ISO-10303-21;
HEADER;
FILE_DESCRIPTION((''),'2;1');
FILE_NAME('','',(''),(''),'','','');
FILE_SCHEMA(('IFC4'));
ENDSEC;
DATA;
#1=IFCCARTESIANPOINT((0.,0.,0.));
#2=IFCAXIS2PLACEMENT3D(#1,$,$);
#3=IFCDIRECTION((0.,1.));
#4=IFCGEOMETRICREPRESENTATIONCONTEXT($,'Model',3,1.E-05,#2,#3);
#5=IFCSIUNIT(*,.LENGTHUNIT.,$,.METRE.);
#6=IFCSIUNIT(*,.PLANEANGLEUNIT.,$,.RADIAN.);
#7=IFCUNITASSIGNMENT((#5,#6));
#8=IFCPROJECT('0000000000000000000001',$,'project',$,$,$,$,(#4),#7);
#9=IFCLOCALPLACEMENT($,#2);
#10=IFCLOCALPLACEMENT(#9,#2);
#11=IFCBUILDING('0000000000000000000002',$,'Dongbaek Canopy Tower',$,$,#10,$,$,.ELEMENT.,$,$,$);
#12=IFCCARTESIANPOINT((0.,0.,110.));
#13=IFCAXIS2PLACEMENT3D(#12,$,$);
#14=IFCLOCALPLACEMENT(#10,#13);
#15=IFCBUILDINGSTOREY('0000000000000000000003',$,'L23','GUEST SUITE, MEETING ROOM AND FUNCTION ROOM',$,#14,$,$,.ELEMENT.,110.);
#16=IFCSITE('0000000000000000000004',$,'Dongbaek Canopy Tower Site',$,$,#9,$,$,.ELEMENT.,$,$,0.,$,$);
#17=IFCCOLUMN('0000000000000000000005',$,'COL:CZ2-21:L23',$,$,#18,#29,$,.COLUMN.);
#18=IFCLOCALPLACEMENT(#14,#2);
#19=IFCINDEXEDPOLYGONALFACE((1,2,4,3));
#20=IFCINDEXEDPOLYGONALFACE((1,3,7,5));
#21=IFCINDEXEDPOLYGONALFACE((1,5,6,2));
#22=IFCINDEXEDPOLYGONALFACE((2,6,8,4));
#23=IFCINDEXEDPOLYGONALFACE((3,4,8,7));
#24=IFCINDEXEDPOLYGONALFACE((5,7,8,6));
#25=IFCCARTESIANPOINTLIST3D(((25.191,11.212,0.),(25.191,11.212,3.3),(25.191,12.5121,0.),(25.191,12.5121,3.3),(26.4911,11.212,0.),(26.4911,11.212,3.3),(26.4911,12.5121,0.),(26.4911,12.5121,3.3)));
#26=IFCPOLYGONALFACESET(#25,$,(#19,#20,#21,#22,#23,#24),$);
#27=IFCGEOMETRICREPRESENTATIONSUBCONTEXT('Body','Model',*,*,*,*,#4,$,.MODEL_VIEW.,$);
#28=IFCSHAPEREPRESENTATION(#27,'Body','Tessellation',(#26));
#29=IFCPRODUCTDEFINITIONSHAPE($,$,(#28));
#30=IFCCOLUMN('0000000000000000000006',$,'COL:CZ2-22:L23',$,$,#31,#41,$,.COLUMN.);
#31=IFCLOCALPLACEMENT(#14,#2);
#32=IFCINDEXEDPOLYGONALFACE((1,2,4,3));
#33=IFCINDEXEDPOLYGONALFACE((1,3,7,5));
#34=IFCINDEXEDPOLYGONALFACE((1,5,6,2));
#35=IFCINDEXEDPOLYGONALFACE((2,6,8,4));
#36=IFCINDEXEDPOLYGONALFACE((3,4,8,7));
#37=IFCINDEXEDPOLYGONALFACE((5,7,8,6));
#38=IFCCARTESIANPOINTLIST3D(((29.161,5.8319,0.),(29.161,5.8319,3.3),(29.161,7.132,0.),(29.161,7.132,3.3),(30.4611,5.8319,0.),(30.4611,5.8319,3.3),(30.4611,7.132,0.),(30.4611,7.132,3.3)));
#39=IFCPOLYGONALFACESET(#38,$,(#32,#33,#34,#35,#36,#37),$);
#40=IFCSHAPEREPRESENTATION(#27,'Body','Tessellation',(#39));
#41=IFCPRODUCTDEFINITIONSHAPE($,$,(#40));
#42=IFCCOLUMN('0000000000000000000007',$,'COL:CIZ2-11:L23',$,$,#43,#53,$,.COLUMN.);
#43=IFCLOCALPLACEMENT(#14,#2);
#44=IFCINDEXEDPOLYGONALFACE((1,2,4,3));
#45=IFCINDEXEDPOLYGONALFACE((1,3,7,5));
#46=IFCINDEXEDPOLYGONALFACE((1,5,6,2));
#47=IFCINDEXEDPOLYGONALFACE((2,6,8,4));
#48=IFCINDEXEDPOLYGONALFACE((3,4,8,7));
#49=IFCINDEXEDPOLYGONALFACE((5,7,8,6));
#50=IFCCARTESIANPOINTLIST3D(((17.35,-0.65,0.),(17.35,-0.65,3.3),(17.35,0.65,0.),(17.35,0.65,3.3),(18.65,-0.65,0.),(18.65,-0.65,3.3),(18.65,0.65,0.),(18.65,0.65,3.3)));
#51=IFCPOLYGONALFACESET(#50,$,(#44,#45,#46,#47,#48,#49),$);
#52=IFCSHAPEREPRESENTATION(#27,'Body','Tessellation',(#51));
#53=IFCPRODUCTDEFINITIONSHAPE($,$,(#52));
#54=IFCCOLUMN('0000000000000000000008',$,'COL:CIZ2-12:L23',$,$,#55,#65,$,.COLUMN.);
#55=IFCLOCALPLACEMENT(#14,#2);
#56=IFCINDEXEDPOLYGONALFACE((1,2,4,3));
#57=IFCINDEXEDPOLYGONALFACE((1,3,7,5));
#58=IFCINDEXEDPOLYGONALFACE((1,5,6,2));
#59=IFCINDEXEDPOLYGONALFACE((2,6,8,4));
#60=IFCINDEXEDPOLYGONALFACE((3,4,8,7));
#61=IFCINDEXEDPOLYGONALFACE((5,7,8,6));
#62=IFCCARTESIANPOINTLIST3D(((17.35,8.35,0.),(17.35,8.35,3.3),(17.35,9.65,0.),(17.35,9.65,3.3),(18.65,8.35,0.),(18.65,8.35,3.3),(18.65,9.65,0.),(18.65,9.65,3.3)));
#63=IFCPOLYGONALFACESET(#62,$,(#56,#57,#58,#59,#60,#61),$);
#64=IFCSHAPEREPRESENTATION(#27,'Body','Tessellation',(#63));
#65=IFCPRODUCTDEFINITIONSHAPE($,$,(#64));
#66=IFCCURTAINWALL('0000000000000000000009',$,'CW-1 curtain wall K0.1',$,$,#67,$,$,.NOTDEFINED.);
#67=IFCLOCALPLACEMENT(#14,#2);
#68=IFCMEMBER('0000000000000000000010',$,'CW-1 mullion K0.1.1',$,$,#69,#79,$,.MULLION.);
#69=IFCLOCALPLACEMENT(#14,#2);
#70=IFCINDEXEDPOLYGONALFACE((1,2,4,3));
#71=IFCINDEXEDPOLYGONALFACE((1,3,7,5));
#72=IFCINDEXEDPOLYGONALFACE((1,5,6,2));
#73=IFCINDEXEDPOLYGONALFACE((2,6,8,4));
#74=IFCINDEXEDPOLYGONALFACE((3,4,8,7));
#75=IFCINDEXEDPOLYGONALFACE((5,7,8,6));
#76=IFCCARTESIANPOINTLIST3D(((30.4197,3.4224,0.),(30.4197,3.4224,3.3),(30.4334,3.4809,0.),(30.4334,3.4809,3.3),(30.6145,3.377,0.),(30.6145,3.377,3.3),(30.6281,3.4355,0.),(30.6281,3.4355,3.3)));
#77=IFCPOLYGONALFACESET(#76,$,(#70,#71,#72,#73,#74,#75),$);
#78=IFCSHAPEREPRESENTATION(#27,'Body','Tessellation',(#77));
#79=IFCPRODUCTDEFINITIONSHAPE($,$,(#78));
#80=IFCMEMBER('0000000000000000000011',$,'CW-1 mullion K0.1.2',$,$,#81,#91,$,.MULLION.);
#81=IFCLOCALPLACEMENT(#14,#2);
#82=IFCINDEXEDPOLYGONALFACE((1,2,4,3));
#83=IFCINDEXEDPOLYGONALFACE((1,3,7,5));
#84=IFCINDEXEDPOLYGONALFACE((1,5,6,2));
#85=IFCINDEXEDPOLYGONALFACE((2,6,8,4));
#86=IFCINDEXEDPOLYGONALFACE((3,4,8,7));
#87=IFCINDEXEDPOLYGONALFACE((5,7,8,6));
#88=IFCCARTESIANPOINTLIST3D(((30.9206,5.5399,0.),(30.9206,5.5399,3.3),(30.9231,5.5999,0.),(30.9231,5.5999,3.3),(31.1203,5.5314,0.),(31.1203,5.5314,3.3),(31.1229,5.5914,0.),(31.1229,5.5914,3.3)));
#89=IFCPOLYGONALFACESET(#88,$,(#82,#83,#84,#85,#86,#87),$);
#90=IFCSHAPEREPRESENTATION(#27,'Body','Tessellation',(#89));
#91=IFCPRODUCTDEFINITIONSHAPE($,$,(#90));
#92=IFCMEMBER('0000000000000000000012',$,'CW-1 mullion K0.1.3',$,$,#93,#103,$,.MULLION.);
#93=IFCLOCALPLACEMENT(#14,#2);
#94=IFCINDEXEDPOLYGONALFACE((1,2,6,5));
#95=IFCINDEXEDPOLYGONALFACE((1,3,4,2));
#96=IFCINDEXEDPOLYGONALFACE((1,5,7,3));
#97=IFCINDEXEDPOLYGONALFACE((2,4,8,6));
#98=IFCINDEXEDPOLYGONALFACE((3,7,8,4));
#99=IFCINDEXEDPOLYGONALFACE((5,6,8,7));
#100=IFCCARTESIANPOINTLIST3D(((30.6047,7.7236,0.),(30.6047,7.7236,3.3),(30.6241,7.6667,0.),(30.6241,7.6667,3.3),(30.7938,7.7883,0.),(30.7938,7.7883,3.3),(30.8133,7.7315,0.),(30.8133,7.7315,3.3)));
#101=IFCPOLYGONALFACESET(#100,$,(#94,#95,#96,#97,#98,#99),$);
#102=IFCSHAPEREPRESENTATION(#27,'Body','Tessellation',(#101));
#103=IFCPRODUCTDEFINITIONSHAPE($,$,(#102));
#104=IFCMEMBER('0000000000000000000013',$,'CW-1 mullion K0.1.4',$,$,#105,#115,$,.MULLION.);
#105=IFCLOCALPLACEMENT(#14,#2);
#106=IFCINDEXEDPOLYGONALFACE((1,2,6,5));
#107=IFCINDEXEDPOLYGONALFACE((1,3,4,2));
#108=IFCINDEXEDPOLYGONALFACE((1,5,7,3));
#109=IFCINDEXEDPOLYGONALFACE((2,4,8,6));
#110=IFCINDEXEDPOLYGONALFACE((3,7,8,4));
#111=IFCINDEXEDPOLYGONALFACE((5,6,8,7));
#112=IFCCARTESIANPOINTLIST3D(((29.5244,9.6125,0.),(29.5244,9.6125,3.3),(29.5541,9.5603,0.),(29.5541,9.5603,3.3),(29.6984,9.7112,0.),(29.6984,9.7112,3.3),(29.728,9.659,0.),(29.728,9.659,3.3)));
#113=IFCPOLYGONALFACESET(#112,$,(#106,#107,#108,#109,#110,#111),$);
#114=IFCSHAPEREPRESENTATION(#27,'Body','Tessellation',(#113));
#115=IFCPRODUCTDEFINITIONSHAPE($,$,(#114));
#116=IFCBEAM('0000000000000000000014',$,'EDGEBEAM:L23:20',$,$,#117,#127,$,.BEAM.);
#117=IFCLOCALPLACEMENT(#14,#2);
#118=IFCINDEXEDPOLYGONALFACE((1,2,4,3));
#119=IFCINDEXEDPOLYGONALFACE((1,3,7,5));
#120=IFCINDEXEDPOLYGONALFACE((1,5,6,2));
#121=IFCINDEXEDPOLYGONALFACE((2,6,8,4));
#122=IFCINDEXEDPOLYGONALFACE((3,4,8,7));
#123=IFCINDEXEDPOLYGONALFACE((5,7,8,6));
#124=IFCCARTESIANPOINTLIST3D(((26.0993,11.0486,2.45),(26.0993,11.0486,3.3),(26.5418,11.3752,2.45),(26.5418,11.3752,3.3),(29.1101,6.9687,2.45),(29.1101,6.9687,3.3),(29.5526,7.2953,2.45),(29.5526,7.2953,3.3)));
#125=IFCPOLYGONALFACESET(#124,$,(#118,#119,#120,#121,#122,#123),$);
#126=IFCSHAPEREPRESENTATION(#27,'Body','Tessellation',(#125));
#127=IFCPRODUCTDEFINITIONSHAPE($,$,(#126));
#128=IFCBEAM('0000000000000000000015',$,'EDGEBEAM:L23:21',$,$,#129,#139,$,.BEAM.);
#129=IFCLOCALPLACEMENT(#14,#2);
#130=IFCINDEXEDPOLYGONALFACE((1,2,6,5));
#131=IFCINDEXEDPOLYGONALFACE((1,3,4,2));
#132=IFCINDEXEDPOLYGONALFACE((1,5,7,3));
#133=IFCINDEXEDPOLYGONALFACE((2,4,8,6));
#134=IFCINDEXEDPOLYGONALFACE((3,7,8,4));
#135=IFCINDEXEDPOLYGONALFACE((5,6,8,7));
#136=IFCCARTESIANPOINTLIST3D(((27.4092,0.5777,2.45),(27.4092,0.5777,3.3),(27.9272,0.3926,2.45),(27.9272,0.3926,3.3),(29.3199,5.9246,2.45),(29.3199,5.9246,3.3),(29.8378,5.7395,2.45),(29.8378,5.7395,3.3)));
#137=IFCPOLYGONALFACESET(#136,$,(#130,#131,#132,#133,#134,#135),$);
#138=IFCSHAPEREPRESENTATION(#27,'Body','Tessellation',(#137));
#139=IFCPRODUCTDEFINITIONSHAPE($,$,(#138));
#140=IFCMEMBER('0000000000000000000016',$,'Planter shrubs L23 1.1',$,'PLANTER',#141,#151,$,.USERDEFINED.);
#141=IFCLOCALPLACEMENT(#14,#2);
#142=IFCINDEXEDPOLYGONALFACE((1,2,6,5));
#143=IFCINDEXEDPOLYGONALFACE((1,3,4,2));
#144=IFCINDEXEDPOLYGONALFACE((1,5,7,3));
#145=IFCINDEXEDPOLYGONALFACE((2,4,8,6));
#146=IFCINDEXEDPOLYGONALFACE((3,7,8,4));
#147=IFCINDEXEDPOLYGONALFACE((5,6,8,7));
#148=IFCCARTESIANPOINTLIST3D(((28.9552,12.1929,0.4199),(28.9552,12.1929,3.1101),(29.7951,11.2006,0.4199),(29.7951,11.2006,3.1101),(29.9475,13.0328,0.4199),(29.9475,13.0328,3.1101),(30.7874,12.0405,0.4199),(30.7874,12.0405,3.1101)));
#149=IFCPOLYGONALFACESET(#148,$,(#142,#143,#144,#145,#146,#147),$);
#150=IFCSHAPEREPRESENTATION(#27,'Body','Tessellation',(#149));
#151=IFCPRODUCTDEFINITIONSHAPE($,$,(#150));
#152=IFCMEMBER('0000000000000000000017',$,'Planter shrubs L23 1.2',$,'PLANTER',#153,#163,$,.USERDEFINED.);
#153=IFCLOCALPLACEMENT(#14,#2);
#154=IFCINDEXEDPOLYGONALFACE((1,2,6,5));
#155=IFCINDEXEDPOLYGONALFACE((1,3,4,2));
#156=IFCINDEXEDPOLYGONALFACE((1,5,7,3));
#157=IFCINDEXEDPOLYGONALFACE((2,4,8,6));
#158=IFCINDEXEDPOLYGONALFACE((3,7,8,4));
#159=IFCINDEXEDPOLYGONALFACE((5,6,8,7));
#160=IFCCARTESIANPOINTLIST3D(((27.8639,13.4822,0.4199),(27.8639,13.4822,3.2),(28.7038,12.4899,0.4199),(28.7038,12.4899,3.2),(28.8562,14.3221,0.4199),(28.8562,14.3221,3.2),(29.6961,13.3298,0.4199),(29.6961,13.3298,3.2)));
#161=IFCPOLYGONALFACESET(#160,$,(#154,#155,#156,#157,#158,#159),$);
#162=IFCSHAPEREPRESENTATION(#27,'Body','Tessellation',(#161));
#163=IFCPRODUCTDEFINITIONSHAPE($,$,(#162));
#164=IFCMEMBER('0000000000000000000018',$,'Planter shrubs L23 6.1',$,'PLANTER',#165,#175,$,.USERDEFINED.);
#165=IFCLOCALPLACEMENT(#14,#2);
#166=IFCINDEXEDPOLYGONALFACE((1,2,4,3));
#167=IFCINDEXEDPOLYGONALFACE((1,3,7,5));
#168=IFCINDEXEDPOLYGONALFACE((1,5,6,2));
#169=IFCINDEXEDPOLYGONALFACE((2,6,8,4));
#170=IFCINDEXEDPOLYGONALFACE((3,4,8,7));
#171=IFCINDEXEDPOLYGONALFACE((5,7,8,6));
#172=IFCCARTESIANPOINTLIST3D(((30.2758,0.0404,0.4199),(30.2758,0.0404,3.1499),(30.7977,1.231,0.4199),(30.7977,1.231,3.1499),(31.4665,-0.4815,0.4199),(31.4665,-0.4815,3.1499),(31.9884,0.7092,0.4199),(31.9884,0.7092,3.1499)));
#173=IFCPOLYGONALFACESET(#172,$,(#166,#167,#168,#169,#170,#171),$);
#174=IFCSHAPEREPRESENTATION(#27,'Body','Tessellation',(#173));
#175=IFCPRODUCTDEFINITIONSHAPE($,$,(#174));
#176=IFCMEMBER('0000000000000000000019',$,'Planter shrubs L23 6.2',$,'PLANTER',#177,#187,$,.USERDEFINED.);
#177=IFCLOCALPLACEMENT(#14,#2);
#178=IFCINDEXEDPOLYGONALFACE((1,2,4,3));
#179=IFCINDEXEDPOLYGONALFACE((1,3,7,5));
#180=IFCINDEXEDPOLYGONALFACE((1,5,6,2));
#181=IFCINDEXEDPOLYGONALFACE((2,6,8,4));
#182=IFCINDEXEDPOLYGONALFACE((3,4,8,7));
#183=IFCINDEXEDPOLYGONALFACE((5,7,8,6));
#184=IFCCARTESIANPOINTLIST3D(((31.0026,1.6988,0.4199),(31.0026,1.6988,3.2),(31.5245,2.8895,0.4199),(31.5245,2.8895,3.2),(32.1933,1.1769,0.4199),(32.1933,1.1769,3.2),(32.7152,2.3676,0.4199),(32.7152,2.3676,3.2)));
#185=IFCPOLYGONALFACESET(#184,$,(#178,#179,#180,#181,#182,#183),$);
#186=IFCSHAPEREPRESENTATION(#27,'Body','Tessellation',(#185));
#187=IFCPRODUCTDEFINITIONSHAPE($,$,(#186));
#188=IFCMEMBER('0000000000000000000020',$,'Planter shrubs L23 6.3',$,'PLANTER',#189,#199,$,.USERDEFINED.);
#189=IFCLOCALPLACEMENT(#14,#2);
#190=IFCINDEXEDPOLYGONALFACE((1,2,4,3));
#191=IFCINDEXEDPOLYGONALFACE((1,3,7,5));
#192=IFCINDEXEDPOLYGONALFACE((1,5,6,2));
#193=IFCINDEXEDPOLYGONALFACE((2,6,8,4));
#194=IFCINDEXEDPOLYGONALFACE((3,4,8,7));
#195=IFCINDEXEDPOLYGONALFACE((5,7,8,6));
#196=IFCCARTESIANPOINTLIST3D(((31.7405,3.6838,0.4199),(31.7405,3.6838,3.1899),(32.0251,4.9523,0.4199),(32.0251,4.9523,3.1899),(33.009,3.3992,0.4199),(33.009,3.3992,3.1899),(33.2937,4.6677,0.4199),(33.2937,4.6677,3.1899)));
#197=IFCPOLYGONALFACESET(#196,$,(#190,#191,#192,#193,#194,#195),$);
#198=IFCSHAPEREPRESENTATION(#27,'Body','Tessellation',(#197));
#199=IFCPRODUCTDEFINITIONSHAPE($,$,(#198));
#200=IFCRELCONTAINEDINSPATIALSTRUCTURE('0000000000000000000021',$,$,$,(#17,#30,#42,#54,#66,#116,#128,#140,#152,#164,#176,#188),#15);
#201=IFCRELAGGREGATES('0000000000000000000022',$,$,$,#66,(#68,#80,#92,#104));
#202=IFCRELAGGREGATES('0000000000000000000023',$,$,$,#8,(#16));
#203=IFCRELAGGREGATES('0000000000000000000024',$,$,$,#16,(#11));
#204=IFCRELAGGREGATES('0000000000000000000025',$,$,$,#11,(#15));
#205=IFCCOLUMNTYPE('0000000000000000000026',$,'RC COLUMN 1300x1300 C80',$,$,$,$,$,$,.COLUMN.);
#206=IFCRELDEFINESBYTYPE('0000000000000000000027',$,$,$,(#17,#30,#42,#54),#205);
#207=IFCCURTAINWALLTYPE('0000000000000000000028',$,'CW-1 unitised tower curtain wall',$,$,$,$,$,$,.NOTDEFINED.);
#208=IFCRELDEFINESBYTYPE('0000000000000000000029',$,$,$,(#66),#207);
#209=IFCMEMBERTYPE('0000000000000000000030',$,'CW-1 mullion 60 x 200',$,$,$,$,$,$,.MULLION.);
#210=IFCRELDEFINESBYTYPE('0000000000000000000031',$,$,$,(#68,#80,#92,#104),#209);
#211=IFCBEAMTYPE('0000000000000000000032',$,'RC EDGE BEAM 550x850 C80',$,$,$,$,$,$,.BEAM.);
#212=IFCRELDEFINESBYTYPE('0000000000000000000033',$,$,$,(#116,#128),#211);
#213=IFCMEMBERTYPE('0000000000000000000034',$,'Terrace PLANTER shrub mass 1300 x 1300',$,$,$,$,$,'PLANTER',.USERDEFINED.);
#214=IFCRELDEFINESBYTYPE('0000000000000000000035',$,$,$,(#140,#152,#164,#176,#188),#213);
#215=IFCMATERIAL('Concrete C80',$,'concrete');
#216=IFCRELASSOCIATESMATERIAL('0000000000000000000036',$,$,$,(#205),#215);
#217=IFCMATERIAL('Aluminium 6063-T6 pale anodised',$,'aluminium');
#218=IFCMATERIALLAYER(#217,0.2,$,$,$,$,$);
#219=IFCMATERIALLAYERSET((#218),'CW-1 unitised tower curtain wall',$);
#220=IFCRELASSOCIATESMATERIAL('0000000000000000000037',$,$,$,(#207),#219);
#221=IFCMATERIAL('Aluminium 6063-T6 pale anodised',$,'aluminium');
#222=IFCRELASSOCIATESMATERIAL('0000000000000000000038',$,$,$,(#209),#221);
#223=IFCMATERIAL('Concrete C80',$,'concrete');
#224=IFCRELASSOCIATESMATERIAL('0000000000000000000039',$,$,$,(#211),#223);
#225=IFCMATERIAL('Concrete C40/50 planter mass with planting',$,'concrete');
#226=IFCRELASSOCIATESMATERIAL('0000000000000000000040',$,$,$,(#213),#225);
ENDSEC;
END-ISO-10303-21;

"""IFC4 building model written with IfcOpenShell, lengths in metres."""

from ifc_helpers import new_model, si_unit, direction, frame, origin, origin_2d, place, context, subcontext, project, spatial, rectangle, extrude, material, layer, layer_set, material_profile, profile_set, type_object, element, aggregate, save


model = new_model("IFC4")

# Units and contexts
model_context = context("Model", 3, precision=1e-05, world=origin(), true_north=direction((0.0, 1.0)))
body_context = subcontext(model_context, "Body", "Model", "MODEL_VIEW")
ifc_project = project(units=[si_unit("LENGTHUNIT", "METRE"), si_unit("PLANEANGLEUNIT", "RADIAN")], contexts=[model_context])

# Site, building, storey
site_placement = place(None, origin())
site = spatial("IfcSite", under=ifc_project, at=site_placement, Name="Dongbaek Canopy Tower Site", CompositionType="ELEMENT", RefElevation=0.0)
building_placement = place(site_placement, origin())
building = spatial("IfcBuilding", under=site, at=building_placement, Name="Dongbaek Canopy Tower", CompositionType="ELEMENT")
storey_placement = place(building_placement, frame((0.0, 0.0, 110.0)))
storey = spatial("IfcBuildingStorey", under=building, at=storey_placement, Name="L23", Description="GUEST SUITE, MEETING ROOM AND FUNCTION ROOM", CompositionType="ELEMENT", Elevation=110.0)

# Columns
ifc_material_1 = material(Name="Concrete C80", Category="concrete")
ifc_material_profile_1 = material_profile(ifc_material_1, rectangle(XDim=1.3, YDim=1.3, at=origin_2d()), Name="RC COLUMN 1300x1300 C80")
ifc_profile_set_1 = profile_set([ifc_material_profile_1], Name="Concrete C80")
column_type = type_object("IfcColumnType", Name="RC COLUMN 1300x1300 C80", PredefinedType="COLUMN", material=ifc_profile_set_1)
for number, where, z_axis, x_axis, name in (
    (1, (25.8411, 11.8621, 0.0), (0.0, 0.0, 1.0), (1.0, 0.0, 0.0), "COL:CZ2-21:L23"),
    (2, (29.811, 6.4819, 0.0), (0.0, 0.0, 1.0), (1.0, 0.0, 0.0), "COL:CZ2-22:L23"),
    (3, (18.0, 0.0, 0.0), (0.0, 0.0, 1.0), (1.0, 0.0, 0.0), "COL:CIZ2-11:L23"),
    (4, (18.0, 9.0, 0.0), (0.0, 0.0, 1.0), (1.0, 0.0, 0.0), "COL:CIZ2-12:L23"),
):
    element("IfcColumn", number, at=place(storey_placement, frame(where, z_axis=z_axis, x_axis=x_axis)), inside=storey, type_object=column_type, Name=name, PredefinedType="COLUMN", context=body_context, shape_type="SweptSolid", body=[
        extrude(rectangle(XDim=1.3, YDim=1.3, at=origin_2d()), origin(), (0.0, 0.0, 1.0), 3.3),
    ])

# Curtain wall, members
ifc_material_2 = material(Name="Aluminium 6063-T6 pale anodised", Category="aluminium")
ifc_layer_1 = layer(ifc_material_2, 0.2)
ifc_layer_set_1 = layer_set([ifc_layer_1], Name="CW-1 unitised tower curtain wall")
curtain_wall_type = type_object("IfcCurtainWallType", Name="CW-1 unitised tower curtain wall", PredefinedType="NOTDEFINED", material=ifc_layer_set_1)
curtain_wall_placement = place(storey_placement, origin())
curtain_wall = element("IfcCurtainWall", 5, at=curtain_wall_placement, inside=storey, type_object=curtain_wall_type, Name="CW-1 curtain wall K0.1", PredefinedType="NOTDEFINED")
ifc_material_3 = material(Name="Aluminium 6063-T6 pale anodised", Category="aluminium")
ifc_material_profile_2 = material_profile(ifc_material_3, rectangle(XDim=0.2, YDim=0.0601, at=origin_2d()), Name="CW-1 mullion 60 x 200")
ifc_profile_set_2 = profile_set([ifc_material_profile_2], Name="Aluminium 6063-T6 pale anodised")
member_type_1 = type_object("IfcMemberType", Name="CW-1 mullion 60 x 200", PredefinedType="MULLION", material=ifc_profile_set_2)
member_1_placement = place(storey_placement, frame((30.5239, 3.429, 0.0), z_axis=(0.0, 0.0, 1.0), x_axis=(0.973927, -0.226863, 0.0)))
member_1 = element("IfcMember", 6, at=member_1_placement, type_object=member_type_1, Name="CW-1 mullion K0.1.1", PredefinedType="MULLION", context=body_context, shape_type="SweptSolid", body=[
    extrude(rectangle(XDim=0.2, YDim=0.0601, at=origin_2d()), origin(), (0.0, 0.0, 1.0), 3.3),
])
member_2_placement = place(storey_placement, frame((31.0217, 5.5657, 0.0), z_axis=(0.0, 0.0, 1.0), x_axis=(0.999093, -0.04259, 0.0)))
member_2 = element("IfcMember", 7, at=member_2_placement, type_object=member_type_1, Name="CW-1 mullion K0.1.2", PredefinedType="MULLION", context=body_context, shape_type="SweptSolid", body=[
    extrude(rectangle(XDim=0.2, YDim=0.0601, at=origin_2d()), origin(), (0.0, 0.0, 1.0), 3.3),
])
member_3_placement = place(storey_placement, frame((30.709, 7.7275, 0.0), z_axis=(0.0, 0.0, 1.0), x_axis=(0.946074, 0.32395, 0.0)))
member_3 = element("IfcMember", 8, at=member_3_placement, type_object=member_type_1, Name="CW-1 mullion K0.1.3", PredefinedType="MULLION", context=body_context, shape_type="SweptSolid", body=[
    extrude(rectangle(XDim=0.2, YDim=0.0601, at=origin_2d()), origin(), (0.0, 0.0, 1.0), 3.3),
])
member_4_placement = place(storey_placement, frame((29.6262, 9.6357, 0.0), z_axis=(0.0, 0.0, 1.0), x_axis=(0.869724, 0.493539, 0.0)))
member_4 = element("IfcMember", 9, at=member_4_placement, type_object=member_type_1, Name="CW-1 mullion K0.1.4", PredefinedType="MULLION", context=body_context, shape_type="SweptSolid", body=[
    extrude(rectangle(XDim=0.2, YDim=0.0601, at=origin_2d()), origin(), (0.0, 0.0, 1.0), 3.3),
])

# Beams
ifc_material_4 = material(Name="Concrete C80", Category="concrete")
ifc_material_profile_3 = material_profile(ifc_material_4, rectangle(XDim=0.55, YDim=0.8501, at=origin_2d()), Name="RC EDGE BEAM 550x850 C80")
ifc_profile_set_3 = profile_set([ifc_material_profile_3], Name="Concrete C80")
beam_type = type_object("IfcBeamType", Name="RC EDGE BEAM 550x850 C80", PredefinedType="BEAM", material=ifc_profile_set_3)
beam_1_placement = place(storey_placement, frame((26.3206, 11.2119, 2.875), z_axis=(0.59378, -0.804627, 0.0), x_axis=(0.804627, 0.59378, 0.0)))
element("IfcBeam", 10, at=beam_1_placement, inside=storey, type_object=beam_type, Name="EDGEBEAM:L23:20", PredefinedType="BEAM", context=body_context, shape_type="SweptSolid", body=[
    extrude(rectangle(XDim=0.55, YDim=0.8501, at=origin_2d()), origin(), (0.0, 0.0, 1.0), 5.0706),
])
beam_2_placement = place(storey_placement, frame((29.5789, 5.832, 2.875), z_axis=(-0.336497, -0.941685, 0.0), x_axis=(0.941685, -0.336497, 0.0)))
element("IfcBeam", 11, at=beam_2_placement, inside=storey, type_object=beam_type, Name="EDGEBEAM:L23:21", PredefinedType="BEAM", context=body_context, shape_type="SweptSolid", body=[
    extrude(rectangle(XDim=0.55, YDim=0.8501, at=origin_2d()), origin(), (0.0, 0.0, 1.0), 5.678),
])

# Members
ifc_material_5 = material(Name="Concrete C40/50 planter mass with planting", Category="concrete")
ifc_material_profile_4 = material_profile(ifc_material_5, rectangle(XDim=1.3, YDim=1.3, at=origin_2d()), Name="Terrace PLANTER shrub mass 1300 x 1300")
ifc_profile_set_4 = profile_set([ifc_material_profile_4], Name="Concrete C40/50 planter mass with planting")
member_type_2 = type_object("IfcMemberType", Name="Terrace PLANTER shrub mass 1300 x 1300", ElementType="PLANTER", PredefinedType="USERDEFINED", material=ifc_profile_set_4)
member_5_placement = place(storey_placement, frame((29.8713, 12.1167, 0.4199), z_axis=(0.0, 0.0, 1.0), x_axis=(0.76329, 0.646056, 0.0)))
element("IfcMember", 12, at=member_5_placement, inside=storey, type_object=member_type_2, Name="Planter shrubs L23 1.1", ObjectType="PLANTER", PredefinedType="USERDEFINED", context=body_context, shape_type="SweptSolid", body=[
    extrude(rectangle(XDim=1.3, YDim=1.3, at=origin_2d()), origin(), (0.0, 0.0, 1.0), 2.6902),
])
member_6_placement = place(storey_placement, frame((28.78, 13.406, 0.4199), z_axis=(0.0, 0.0, 1.0), x_axis=(0.76329, 0.646056, 0.0)))
element("IfcMember", 13, at=member_6_placement, inside=storey, type_object=member_type_2, Name="Planter shrubs L23 1.2", ObjectType="PLANTER", PredefinedType="USERDEFINED", context=body_context, shape_type="SweptSolid", body=[
    extrude(rectangle(XDim=1.3, YDim=1.3, at=origin_2d()), origin(), (0.0, 0.0, 1.0), 2.78),
])
member_7_placement = place(storey_placement, frame((31.1321, 0.3748, 0.4199), z_axis=(0.0, 0.0, 1.0), x_axis=(0.915886, -0.401438, 0.0)))
element("IfcMember", 14, at=member_7_placement, inside=storey, type_object=member_type_2, Name="Planter shrubs L23 6.1", ObjectType="PLANTER", PredefinedType="USERDEFINED", context=body_context, shape_type="SweptSolid", body=[
    extrude(rectangle(XDim=1.3, YDim=1.3, at=origin_2d()), origin(), (0.0, 0.0, 1.0), 2.73),
])
member_8_placement = place(storey_placement, frame((31.8589, 2.0332, 0.4199), z_axis=(0.0, 0.0, 1.0), x_axis=(0.915886, -0.401438, 0.0)))
element("IfcMember", 15, at=member_8_placement, inside=storey, type_object=member_type_2, Name="Planter shrubs L23 6.2", ObjectType="PLANTER", PredefinedType="USERDEFINED", context=body_context, shape_type="SweptSolid", body=[
    extrude(rectangle(XDim=1.3, YDim=1.3, at=origin_2d()), origin(), (0.0, 0.0, 1.0), 2.78),
])
member_9_placement = place(storey_placement, frame((32.5171, 4.1758, 0.4199), z_axis=(0.0, 0.0, 1.0), x_axis=(0.97574, -0.218932, 0.0)))
element("IfcMember", 16, at=member_9_placement, inside=storey, type_object=member_type_2, Name="Planter shrubs L23 6.3", ObjectType="PLANTER", PredefinedType="USERDEFINED", context=body_context, shape_type="SweptSolid", body=[
    extrude(rectangle(XDim=1.3, YDim=1.3, at=origin_2d()), origin(), (0.0, 0.0, 1.0), 2.77),
])

aggregate(curtain_wall, [member_1, member_2, member_3, member_4])

save(model, "model.ifc")
